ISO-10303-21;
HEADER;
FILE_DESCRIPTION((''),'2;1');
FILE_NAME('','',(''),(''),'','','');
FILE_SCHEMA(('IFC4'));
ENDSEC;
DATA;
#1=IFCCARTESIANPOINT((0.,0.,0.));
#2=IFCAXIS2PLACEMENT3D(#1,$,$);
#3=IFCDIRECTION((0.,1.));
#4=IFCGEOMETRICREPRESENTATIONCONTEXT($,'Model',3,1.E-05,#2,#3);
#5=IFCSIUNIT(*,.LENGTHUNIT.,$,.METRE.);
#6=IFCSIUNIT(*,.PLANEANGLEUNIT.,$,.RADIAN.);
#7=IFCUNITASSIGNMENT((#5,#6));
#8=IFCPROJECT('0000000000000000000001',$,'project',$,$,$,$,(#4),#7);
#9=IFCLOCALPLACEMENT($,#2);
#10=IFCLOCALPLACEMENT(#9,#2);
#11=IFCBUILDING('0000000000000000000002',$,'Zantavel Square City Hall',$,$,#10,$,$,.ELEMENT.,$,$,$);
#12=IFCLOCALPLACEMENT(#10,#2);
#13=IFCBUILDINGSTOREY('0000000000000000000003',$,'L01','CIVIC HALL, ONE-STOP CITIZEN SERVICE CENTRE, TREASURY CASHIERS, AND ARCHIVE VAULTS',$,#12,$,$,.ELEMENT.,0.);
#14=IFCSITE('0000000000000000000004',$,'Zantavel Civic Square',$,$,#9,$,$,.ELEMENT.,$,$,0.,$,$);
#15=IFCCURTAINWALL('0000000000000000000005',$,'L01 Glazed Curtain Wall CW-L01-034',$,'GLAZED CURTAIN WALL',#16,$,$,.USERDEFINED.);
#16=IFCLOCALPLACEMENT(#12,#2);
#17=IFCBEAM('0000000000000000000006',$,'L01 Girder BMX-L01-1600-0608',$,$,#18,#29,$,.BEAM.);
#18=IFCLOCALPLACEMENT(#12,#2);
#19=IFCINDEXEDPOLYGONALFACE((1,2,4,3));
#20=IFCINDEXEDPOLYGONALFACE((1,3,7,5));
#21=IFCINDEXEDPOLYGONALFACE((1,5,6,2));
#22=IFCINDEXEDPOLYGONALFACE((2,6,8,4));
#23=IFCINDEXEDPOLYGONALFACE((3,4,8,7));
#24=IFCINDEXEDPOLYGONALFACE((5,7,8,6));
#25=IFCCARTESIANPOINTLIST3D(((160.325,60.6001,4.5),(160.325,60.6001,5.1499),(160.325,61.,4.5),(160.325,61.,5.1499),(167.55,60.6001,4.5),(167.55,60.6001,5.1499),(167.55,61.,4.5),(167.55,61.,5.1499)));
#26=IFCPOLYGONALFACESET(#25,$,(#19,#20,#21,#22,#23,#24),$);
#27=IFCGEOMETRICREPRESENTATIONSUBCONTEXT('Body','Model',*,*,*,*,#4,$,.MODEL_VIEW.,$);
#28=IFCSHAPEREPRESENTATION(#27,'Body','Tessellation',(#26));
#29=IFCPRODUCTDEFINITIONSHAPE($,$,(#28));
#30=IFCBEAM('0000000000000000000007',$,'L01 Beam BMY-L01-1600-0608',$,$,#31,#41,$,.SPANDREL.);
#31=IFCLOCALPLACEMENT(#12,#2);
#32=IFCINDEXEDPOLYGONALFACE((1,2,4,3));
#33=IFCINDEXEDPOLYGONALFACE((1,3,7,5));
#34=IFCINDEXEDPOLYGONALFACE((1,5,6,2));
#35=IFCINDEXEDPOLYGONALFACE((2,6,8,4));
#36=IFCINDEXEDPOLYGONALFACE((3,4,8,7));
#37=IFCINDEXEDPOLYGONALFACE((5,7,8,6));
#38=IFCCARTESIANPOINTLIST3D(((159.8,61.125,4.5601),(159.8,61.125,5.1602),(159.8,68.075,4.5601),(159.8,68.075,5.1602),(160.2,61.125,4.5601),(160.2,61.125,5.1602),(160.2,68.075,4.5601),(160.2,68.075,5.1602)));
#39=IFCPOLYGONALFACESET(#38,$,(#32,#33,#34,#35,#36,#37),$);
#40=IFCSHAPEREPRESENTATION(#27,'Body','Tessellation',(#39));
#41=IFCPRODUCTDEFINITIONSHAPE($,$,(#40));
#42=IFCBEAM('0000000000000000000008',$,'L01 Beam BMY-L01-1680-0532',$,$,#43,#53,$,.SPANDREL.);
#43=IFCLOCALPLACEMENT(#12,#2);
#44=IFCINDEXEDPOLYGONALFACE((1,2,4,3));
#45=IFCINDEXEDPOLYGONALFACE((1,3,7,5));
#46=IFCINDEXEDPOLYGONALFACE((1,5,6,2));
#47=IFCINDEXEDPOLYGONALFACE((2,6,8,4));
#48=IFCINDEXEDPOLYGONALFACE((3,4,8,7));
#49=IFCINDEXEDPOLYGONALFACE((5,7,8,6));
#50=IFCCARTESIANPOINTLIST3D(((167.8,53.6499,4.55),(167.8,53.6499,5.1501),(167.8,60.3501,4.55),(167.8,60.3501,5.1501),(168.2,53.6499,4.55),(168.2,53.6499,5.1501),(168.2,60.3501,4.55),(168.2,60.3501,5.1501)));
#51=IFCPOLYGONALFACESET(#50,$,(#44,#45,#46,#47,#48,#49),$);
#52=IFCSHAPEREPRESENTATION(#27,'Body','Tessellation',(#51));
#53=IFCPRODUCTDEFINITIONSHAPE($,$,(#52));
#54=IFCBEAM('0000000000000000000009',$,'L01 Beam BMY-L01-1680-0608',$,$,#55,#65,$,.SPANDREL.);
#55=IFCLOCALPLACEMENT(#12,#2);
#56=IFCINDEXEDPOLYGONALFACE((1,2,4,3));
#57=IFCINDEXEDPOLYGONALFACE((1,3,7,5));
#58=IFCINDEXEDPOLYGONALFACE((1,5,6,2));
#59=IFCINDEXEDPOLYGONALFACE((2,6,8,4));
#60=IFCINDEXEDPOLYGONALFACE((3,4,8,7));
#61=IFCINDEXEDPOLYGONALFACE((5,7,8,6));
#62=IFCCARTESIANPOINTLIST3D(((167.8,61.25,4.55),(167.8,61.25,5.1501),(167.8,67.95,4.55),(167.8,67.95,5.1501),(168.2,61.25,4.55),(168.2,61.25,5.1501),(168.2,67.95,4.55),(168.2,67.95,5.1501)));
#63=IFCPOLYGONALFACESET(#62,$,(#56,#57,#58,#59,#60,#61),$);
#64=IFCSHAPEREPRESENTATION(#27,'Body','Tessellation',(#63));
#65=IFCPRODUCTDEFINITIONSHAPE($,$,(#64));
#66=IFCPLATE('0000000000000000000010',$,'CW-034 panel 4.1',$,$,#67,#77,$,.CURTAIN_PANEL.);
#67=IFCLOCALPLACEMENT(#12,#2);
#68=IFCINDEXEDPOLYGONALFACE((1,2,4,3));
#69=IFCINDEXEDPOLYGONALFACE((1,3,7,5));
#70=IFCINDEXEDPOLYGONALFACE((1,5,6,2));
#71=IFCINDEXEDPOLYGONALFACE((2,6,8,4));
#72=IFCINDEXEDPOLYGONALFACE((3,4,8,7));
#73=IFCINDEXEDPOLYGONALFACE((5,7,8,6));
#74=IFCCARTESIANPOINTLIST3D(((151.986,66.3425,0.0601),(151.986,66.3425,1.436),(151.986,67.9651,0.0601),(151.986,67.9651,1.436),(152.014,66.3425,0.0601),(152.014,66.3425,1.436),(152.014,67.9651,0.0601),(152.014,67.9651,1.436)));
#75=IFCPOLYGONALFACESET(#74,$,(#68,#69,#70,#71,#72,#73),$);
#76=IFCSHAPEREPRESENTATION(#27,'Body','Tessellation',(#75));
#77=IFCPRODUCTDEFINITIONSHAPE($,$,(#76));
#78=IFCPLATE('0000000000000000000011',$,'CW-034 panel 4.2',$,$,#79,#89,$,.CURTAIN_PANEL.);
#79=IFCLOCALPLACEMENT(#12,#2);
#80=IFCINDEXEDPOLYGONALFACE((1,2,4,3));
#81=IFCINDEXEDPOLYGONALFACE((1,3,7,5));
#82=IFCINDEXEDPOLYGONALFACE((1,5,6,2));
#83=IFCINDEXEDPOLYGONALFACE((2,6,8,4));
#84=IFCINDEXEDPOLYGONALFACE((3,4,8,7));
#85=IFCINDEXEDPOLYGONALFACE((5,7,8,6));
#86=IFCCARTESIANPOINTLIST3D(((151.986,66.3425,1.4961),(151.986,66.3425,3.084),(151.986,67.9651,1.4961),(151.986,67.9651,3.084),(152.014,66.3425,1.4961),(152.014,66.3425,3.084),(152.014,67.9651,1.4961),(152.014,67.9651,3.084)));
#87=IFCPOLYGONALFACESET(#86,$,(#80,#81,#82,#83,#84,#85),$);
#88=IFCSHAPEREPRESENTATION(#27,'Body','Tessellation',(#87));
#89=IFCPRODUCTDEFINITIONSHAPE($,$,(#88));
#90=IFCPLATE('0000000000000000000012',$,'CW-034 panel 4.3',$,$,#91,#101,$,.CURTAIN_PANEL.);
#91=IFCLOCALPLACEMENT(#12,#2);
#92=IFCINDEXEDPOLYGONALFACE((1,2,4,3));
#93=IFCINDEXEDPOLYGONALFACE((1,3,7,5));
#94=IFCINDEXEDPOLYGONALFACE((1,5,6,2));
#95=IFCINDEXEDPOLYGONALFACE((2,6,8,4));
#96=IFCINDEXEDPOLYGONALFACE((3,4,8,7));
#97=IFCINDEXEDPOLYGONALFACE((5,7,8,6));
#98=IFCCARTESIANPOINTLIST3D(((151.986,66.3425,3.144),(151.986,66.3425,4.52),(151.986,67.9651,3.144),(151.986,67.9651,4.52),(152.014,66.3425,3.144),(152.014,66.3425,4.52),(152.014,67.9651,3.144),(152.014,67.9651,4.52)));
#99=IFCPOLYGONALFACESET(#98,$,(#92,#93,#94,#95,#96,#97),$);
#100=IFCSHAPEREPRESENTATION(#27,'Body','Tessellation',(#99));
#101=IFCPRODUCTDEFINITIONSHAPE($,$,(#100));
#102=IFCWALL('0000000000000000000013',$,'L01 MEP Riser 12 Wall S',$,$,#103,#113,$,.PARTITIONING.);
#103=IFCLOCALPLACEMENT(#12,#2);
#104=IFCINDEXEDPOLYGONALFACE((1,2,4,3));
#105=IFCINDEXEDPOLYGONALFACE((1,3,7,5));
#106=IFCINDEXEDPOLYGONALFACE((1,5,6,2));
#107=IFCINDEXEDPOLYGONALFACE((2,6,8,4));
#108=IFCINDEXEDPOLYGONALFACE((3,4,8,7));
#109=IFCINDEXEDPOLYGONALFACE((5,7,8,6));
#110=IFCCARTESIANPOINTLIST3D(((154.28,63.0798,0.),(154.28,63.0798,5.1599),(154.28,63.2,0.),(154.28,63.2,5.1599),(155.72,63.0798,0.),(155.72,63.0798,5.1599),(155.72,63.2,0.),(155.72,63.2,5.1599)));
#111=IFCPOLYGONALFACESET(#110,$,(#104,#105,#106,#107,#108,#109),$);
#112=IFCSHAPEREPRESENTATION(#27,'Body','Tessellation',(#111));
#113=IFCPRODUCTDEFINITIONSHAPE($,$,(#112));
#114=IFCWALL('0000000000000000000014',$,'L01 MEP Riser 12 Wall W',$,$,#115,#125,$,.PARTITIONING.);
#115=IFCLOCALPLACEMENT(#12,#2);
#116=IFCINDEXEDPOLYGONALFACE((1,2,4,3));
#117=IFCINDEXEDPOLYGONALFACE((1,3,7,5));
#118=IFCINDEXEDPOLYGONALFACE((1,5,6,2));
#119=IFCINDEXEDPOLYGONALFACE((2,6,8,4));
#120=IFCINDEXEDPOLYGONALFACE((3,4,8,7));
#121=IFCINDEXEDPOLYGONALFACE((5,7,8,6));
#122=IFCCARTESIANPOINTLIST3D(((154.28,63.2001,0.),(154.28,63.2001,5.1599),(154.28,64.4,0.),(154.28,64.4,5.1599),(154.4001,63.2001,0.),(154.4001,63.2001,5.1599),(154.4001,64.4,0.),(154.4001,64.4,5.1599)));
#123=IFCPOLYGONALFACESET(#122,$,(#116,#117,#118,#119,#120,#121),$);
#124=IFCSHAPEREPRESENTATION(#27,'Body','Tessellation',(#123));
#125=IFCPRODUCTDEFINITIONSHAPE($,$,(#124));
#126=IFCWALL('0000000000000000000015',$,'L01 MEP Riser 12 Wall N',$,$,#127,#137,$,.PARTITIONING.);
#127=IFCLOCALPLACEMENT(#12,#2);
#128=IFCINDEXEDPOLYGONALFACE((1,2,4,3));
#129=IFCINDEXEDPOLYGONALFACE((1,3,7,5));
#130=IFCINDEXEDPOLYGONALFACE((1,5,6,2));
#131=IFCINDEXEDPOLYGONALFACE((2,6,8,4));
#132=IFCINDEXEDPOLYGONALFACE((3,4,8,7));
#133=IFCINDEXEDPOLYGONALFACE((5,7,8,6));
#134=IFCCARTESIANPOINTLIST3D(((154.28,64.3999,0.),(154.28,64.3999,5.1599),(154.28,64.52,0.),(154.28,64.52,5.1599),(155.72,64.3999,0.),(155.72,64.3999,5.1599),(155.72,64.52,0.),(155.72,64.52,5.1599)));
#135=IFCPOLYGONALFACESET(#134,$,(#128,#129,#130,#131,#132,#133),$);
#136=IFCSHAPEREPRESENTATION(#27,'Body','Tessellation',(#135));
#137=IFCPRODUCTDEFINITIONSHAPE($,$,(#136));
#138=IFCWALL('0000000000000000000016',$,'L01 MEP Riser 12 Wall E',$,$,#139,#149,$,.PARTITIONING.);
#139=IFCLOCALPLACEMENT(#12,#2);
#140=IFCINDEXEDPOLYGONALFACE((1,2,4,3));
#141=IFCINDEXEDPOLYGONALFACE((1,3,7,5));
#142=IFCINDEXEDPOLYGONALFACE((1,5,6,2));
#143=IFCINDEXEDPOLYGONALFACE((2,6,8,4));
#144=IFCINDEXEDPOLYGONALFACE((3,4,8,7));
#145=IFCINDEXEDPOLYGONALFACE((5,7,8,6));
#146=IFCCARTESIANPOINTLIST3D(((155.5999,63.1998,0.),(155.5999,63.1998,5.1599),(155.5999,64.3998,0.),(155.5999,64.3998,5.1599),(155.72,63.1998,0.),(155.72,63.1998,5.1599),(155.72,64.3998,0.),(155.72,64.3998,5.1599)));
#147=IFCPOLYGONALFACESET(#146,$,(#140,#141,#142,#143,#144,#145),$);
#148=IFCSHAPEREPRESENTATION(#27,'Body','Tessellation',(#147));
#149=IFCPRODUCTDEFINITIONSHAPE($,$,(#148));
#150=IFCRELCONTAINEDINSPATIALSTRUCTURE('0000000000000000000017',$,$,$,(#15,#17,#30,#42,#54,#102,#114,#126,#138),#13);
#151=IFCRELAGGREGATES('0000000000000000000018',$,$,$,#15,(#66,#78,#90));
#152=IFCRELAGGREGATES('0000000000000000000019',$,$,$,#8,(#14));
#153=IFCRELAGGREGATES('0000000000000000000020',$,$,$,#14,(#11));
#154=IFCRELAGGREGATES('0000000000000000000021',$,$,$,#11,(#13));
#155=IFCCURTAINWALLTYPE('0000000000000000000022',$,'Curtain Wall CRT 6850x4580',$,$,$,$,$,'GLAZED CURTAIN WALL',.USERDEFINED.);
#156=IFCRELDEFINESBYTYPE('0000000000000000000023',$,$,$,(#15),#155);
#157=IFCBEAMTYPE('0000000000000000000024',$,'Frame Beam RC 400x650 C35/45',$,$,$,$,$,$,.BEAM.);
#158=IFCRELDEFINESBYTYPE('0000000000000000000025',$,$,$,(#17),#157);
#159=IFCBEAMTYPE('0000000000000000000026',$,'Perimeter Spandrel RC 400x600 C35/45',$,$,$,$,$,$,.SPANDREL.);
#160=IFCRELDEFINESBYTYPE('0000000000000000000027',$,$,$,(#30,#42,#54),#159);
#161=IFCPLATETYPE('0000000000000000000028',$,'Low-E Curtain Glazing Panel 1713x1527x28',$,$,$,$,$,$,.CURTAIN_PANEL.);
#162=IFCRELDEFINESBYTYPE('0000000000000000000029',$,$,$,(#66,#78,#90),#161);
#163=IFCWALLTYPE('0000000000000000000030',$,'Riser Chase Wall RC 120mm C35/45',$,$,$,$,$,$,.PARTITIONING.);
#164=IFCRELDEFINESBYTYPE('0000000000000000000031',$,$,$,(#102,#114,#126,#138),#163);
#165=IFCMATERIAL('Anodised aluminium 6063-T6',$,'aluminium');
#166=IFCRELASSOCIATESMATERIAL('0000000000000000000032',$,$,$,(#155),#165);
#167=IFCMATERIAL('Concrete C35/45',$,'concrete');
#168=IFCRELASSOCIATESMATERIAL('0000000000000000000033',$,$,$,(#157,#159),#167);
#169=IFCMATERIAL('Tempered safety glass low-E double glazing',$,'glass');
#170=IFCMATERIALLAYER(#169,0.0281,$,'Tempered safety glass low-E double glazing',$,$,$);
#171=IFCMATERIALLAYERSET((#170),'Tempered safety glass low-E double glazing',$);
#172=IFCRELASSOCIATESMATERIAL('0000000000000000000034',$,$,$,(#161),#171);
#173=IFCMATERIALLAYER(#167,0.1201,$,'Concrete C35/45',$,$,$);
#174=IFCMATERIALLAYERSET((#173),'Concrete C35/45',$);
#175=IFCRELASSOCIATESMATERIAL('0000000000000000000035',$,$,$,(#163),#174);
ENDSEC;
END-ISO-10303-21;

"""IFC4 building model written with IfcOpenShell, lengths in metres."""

from ifc_helpers import new_model, si_unit, direction, frame, frame_2d, origin, origin_2d, place, context, subcontext, project, spatial, rectangle, extrude, material, layer, layer_set, material_profile, profile_set, type_object, element, aggregate, save


model = new_model("IFC4")

# Units and contexts
model_context = context("Model", 3, precision=1e-05, world=origin(), true_north=direction((0.0, 1.0)))
body_context = subcontext(model_context, "Body", "Model", "MODEL_VIEW")
ifc_project = project(units=[si_unit("LENGTHUNIT", "METRE"), si_unit("PLANEANGLEUNIT", "RADIAN")], contexts=[model_context])

# Site, building, storey
site_placement = place(None, origin())
site = spatial("IfcSite", under=ifc_project, at=site_placement, Name="Zantavel Civic Square", CompositionType="ELEMENT", RefElevation=0.0)
building_placement = place(site_placement, origin())
building = spatial("IfcBuilding", under=site, at=building_placement, Name="Zantavel Square City Hall", CompositionType="ELEMENT")
storey_placement = place(building_placement, origin())
storey = spatial("IfcBuildingStorey", under=building, at=storey_placement, Name="L01", Description="CIVIC HALL, ONE-STOP CITIZEN SERVICE CENTRE, TREASURY CASHIERS, AND ARCHIVE VAULTS", CompositionType="ELEMENT", Elevation=0.0)

# Curtain wall
ifc_material_1 = material(Name="Anodised aluminium 6063-T6", Category="aluminium")
curtain_wall_type = type_object("IfcCurtainWallType", Name="Curtain Wall CRT 6850x4580", ElementType="GLAZED CURTAIN WALL", PredefinedType="USERDEFINED", material=ifc_material_1)
curtain_wall_placement = place(storey_placement, origin())
curtain_wall = element("IfcCurtainWall", 1, at=curtain_wall_placement, inside=storey, type_object=curtain_wall_type, Name="L01 Glazed Curtain Wall CW-L01-034", ObjectType="GLAZED CURTAIN WALL", PredefinedType="USERDEFINED")

# Beams
ifc_material_2 = material(Name="Concrete C35/45", Category="concrete")
ifc_material_profile_1 = material_profile(ifc_material_2, rectangle(XDim=0.3999, YDim=0.6499, at=origin_2d()), Name="RC 400x650")
ifc_profile_set_1 = profile_set([ifc_material_profile_1], Name="Concrete C35/45")
beam_type_1 = type_object("IfcBeamType", Name="Frame Beam RC 400x650 C35/45", PredefinedType="BEAM", material=ifc_profile_set_1)
beam_1_placement = place(storey_placement, frame((160.325, 60.8, 4.825), z_axis=(1.0, 0.0, 0.0), x_axis=(0.0, 1.0, 0.0)))
element("IfcBeam", 2, at=beam_1_placement, inside=storey, type_object=beam_type_1, Name="L01 Girder BMX-L01-1600-0608", PredefinedType="BEAM", context=body_context, shape_type="SweptSolid", body=[
    extrude(rectangle(XDim=0.3999, YDim=0.6499, at=origin_2d()), origin(), (0.0, 0.0, 1.0), 7.2251),
])
ifc_material_profile_2 = material_profile(ifc_material_2, rectangle(XDim=0.3999, YDim=0.6001, at=origin_2d()), Name="RC 400x600")
ifc_profile_set_2 = profile_set([ifc_material_profile_2], Name="Concrete C35/45")
beam_type_2 = type_object("IfcBeamType", Name="Perimeter Spandrel RC 400x600 C35/45", PredefinedType="SPANDREL", material=ifc_profile_set_2)
beam_2_placement = place(storey_placement, frame((160.0, 61.125, 4.8601), z_axis=(0.0, 1.0, 0.0), x_axis=(-1.0, 0.0, 0.0)))
element("IfcBeam", 3, at=beam_2_placement, inside=storey, type_object=beam_type_2, Name="L01 Beam BMY-L01-1600-0608", PredefinedType="SPANDREL", context=body_context, shape_type="SweptSolid", body=[
    extrude(rectangle(XDim=0.3999, YDim=0.6001, at=origin_2d()), origin(), (0.0, 0.0, 1.0), 6.95),
])
beam_3_placement = place(storey_placement, frame((168.0, 53.6499, 4.8501), z_axis=(0.0, 1.0, 0.0), x_axis=(-1.0, 0.0, 0.0)))
element("IfcBeam", 4, at=beam_3_placement, inside=storey, type_object=beam_type_2, Name="L01 Beam BMY-L01-1680-0532", PredefinedType="SPANDREL", context=body_context, shape_type="SweptSolid", body=[
    extrude(rectangle(XDim=0.3999, YDim=0.6001, at=origin_2d()), origin(), (0.0, 0.0, 1.0), 6.7002),
])
beam_4_placement = place(storey_placement, frame((168.0, 61.25, 4.8501), z_axis=(0.0, 1.0, 0.0), x_axis=(-1.0, 0.0, 0.0)))
element("IfcBeam", 5, at=beam_4_placement, inside=storey, type_object=beam_type_2, Name="L01 Beam BMY-L01-1680-0608", PredefinedType="SPANDREL", context=body_context, shape_type="SweptSolid", body=[
    extrude(rectangle(XDim=0.3999, YDim=0.6001, at=origin_2d()), origin(), (0.0, 0.0, 1.0), 6.7),
])

# Plates
ifc_material_3 = material(Name="Tempered safety glass low-E double glazing", Category="glass")
ifc_layer_1 = layer(ifc_material_3, 0.0281, Name="Tempered safety glass low-E double glazing")
ifc_layer_set_1 = layer_set([ifc_layer_1], Name="Tempered safety glass low-E double glazing")
plate_type = type_object("IfcPlateType", Name="Low-E Curtain Glazing Panel 1713x1527x28", PredefinedType="CURTAIN_PANEL", material=ifc_layer_set_1)
plate_1_placement = place(storey_placement, frame((152.0, 67.1538, 0.0601), z_axis=(0.0, 0.0, 1.0), x_axis=(0.0, 1.0, 0.0)))
plate_1 = element("IfcPlate", 6, at=plate_1_placement, type_object=plate_type, Name="CW-034 panel 4.1", PredefinedType="CURTAIN_PANEL", context=body_context, shape_type="SweptSolid", body=[
    extrude(rectangle(XDim=1.6226, YDim=0.0281, at=origin_2d()), origin(), (0.0, 0.0, 1.0), 1.376),
])
plate_2_placement = place(storey_placement, frame((152.0, 67.1538, 1.4961), z_axis=(0.0, 0.0, 1.0), x_axis=(0.0, 1.0, 0.0)))
plate_2 = element("IfcPlate", 7, at=plate_2_placement, type_object=plate_type, Name="CW-034 panel 4.2", PredefinedType="CURTAIN_PANEL", context=body_context, shape_type="SweptSolid", body=[
    extrude(rectangle(XDim=1.6226, YDim=0.0281, at=origin_2d()), origin(), (0.0, 0.0, 1.0), 1.5879),
])
plate_3_placement = place(storey_placement, frame((152.0, 67.1538, 3.144), z_axis=(0.0, 0.0, 1.0), x_axis=(0.0, 1.0, 0.0)))
plate_3 = element("IfcPlate", 8, at=plate_3_placement, type_object=plate_type, Name="CW-034 panel 4.3", PredefinedType="CURTAIN_PANEL", context=body_context, shape_type="SweptSolid", body=[
    extrude(rectangle(XDim=1.6226, YDim=0.0281, at=origin_2d()), origin(), (0.0, 0.0, 1.0), 1.376),
])
aggregate(curtain_wall, [plate_1, plate_2, plate_3])

# Walls
ifc_layer_2 = layer(ifc_material_2, 0.1201, Name="Concrete C35/45")
ifc_layer_set_2 = layer_set([ifc_layer_2], Name="Concrete C35/45")
wall_type_1 = type_object("IfcWallType", Name="Riser Chase Wall RC 120mm C35/45", PredefinedType="PARTITIONING", material=ifc_layer_set_2)
wall_1_placement = place(storey_placement, frame((155.72, 63.1399, 0.0), z_axis=(0.0, 0.0, 1.0), x_axis=(-1.0, 0.0, 0.0)))
element("IfcWall", 9, at=wall_1_placement, inside=storey, type_object=wall_type_1, Name="L01 MEP Riser 12 Wall S", PredefinedType="PARTITIONING", context=body_context, shape_type="SweptSolid", body=[
    extrude(rectangle(XDim=1.4399, YDim=0.1201, at=frame_2d((0.72, 0.0))), origin(), (0.0, 0.0, 1.0), 5.1599),
])
wall_2_placement = place(storey_placement, frame((154.3401, 63.2, 0.0), z_axis=(0.0, 0.0, 1.0), x_axis=(0.0, 1.0, 0.0)))
element("IfcWall", 10, at=wall_2_placement, inside=storey, type_object=wall_type_1, Name="L01 MEP Riser 12 Wall W", PredefinedType="PARTITIONING", context=body_context, shape_type="SweptSolid", body=[
    extrude(rectangle(XDim=1.2, YDim=0.1201, at=frame_2d((0.6001, 0.0))), origin(), (0.0, 0.0, 1.0), 5.1599),
])
wall_3_placement = place(storey_placement, frame((154.28, 64.46, 0.0), z_axis=(0.0, 0.0, 1.0), x_axis=(1.0, 0.0, 0.0)))
element("IfcWall", 11, at=wall_3_placement, inside=storey, type_object=wall_type_1, Name="L01 MEP Riser 12 Wall N", PredefinedType="PARTITIONING", context=body_context, shape_type="SweptSolid", body=[
    extrude(rectangle(XDim=1.4399, YDim=0.1201, at=frame_2d((0.72, 0.0))), origin(), (0.0, 0.0, 1.0), 5.1599),
])
wall_4_placement = place(storey_placement, frame((155.6599, 64.3999, 0.0), z_axis=(0.0, 0.0, 1.0), x_axis=(0.0, -1.0, 0.0)))
element("IfcWall", 12, at=wall_4_placement, inside=storey, type_object=wall_type_1, Name="L01 MEP Riser 12 Wall E", PredefinedType="PARTITIONING", context=body_context, shape_type="SweptSolid", body=[
    extrude(rectangle(XDim=1.2, YDim=0.1201, at=frame_2d((0.6001, 0.0))), origin(), (0.0, 0.0, 1.0), 5.1599),
])

save(model, "model.ifc")
